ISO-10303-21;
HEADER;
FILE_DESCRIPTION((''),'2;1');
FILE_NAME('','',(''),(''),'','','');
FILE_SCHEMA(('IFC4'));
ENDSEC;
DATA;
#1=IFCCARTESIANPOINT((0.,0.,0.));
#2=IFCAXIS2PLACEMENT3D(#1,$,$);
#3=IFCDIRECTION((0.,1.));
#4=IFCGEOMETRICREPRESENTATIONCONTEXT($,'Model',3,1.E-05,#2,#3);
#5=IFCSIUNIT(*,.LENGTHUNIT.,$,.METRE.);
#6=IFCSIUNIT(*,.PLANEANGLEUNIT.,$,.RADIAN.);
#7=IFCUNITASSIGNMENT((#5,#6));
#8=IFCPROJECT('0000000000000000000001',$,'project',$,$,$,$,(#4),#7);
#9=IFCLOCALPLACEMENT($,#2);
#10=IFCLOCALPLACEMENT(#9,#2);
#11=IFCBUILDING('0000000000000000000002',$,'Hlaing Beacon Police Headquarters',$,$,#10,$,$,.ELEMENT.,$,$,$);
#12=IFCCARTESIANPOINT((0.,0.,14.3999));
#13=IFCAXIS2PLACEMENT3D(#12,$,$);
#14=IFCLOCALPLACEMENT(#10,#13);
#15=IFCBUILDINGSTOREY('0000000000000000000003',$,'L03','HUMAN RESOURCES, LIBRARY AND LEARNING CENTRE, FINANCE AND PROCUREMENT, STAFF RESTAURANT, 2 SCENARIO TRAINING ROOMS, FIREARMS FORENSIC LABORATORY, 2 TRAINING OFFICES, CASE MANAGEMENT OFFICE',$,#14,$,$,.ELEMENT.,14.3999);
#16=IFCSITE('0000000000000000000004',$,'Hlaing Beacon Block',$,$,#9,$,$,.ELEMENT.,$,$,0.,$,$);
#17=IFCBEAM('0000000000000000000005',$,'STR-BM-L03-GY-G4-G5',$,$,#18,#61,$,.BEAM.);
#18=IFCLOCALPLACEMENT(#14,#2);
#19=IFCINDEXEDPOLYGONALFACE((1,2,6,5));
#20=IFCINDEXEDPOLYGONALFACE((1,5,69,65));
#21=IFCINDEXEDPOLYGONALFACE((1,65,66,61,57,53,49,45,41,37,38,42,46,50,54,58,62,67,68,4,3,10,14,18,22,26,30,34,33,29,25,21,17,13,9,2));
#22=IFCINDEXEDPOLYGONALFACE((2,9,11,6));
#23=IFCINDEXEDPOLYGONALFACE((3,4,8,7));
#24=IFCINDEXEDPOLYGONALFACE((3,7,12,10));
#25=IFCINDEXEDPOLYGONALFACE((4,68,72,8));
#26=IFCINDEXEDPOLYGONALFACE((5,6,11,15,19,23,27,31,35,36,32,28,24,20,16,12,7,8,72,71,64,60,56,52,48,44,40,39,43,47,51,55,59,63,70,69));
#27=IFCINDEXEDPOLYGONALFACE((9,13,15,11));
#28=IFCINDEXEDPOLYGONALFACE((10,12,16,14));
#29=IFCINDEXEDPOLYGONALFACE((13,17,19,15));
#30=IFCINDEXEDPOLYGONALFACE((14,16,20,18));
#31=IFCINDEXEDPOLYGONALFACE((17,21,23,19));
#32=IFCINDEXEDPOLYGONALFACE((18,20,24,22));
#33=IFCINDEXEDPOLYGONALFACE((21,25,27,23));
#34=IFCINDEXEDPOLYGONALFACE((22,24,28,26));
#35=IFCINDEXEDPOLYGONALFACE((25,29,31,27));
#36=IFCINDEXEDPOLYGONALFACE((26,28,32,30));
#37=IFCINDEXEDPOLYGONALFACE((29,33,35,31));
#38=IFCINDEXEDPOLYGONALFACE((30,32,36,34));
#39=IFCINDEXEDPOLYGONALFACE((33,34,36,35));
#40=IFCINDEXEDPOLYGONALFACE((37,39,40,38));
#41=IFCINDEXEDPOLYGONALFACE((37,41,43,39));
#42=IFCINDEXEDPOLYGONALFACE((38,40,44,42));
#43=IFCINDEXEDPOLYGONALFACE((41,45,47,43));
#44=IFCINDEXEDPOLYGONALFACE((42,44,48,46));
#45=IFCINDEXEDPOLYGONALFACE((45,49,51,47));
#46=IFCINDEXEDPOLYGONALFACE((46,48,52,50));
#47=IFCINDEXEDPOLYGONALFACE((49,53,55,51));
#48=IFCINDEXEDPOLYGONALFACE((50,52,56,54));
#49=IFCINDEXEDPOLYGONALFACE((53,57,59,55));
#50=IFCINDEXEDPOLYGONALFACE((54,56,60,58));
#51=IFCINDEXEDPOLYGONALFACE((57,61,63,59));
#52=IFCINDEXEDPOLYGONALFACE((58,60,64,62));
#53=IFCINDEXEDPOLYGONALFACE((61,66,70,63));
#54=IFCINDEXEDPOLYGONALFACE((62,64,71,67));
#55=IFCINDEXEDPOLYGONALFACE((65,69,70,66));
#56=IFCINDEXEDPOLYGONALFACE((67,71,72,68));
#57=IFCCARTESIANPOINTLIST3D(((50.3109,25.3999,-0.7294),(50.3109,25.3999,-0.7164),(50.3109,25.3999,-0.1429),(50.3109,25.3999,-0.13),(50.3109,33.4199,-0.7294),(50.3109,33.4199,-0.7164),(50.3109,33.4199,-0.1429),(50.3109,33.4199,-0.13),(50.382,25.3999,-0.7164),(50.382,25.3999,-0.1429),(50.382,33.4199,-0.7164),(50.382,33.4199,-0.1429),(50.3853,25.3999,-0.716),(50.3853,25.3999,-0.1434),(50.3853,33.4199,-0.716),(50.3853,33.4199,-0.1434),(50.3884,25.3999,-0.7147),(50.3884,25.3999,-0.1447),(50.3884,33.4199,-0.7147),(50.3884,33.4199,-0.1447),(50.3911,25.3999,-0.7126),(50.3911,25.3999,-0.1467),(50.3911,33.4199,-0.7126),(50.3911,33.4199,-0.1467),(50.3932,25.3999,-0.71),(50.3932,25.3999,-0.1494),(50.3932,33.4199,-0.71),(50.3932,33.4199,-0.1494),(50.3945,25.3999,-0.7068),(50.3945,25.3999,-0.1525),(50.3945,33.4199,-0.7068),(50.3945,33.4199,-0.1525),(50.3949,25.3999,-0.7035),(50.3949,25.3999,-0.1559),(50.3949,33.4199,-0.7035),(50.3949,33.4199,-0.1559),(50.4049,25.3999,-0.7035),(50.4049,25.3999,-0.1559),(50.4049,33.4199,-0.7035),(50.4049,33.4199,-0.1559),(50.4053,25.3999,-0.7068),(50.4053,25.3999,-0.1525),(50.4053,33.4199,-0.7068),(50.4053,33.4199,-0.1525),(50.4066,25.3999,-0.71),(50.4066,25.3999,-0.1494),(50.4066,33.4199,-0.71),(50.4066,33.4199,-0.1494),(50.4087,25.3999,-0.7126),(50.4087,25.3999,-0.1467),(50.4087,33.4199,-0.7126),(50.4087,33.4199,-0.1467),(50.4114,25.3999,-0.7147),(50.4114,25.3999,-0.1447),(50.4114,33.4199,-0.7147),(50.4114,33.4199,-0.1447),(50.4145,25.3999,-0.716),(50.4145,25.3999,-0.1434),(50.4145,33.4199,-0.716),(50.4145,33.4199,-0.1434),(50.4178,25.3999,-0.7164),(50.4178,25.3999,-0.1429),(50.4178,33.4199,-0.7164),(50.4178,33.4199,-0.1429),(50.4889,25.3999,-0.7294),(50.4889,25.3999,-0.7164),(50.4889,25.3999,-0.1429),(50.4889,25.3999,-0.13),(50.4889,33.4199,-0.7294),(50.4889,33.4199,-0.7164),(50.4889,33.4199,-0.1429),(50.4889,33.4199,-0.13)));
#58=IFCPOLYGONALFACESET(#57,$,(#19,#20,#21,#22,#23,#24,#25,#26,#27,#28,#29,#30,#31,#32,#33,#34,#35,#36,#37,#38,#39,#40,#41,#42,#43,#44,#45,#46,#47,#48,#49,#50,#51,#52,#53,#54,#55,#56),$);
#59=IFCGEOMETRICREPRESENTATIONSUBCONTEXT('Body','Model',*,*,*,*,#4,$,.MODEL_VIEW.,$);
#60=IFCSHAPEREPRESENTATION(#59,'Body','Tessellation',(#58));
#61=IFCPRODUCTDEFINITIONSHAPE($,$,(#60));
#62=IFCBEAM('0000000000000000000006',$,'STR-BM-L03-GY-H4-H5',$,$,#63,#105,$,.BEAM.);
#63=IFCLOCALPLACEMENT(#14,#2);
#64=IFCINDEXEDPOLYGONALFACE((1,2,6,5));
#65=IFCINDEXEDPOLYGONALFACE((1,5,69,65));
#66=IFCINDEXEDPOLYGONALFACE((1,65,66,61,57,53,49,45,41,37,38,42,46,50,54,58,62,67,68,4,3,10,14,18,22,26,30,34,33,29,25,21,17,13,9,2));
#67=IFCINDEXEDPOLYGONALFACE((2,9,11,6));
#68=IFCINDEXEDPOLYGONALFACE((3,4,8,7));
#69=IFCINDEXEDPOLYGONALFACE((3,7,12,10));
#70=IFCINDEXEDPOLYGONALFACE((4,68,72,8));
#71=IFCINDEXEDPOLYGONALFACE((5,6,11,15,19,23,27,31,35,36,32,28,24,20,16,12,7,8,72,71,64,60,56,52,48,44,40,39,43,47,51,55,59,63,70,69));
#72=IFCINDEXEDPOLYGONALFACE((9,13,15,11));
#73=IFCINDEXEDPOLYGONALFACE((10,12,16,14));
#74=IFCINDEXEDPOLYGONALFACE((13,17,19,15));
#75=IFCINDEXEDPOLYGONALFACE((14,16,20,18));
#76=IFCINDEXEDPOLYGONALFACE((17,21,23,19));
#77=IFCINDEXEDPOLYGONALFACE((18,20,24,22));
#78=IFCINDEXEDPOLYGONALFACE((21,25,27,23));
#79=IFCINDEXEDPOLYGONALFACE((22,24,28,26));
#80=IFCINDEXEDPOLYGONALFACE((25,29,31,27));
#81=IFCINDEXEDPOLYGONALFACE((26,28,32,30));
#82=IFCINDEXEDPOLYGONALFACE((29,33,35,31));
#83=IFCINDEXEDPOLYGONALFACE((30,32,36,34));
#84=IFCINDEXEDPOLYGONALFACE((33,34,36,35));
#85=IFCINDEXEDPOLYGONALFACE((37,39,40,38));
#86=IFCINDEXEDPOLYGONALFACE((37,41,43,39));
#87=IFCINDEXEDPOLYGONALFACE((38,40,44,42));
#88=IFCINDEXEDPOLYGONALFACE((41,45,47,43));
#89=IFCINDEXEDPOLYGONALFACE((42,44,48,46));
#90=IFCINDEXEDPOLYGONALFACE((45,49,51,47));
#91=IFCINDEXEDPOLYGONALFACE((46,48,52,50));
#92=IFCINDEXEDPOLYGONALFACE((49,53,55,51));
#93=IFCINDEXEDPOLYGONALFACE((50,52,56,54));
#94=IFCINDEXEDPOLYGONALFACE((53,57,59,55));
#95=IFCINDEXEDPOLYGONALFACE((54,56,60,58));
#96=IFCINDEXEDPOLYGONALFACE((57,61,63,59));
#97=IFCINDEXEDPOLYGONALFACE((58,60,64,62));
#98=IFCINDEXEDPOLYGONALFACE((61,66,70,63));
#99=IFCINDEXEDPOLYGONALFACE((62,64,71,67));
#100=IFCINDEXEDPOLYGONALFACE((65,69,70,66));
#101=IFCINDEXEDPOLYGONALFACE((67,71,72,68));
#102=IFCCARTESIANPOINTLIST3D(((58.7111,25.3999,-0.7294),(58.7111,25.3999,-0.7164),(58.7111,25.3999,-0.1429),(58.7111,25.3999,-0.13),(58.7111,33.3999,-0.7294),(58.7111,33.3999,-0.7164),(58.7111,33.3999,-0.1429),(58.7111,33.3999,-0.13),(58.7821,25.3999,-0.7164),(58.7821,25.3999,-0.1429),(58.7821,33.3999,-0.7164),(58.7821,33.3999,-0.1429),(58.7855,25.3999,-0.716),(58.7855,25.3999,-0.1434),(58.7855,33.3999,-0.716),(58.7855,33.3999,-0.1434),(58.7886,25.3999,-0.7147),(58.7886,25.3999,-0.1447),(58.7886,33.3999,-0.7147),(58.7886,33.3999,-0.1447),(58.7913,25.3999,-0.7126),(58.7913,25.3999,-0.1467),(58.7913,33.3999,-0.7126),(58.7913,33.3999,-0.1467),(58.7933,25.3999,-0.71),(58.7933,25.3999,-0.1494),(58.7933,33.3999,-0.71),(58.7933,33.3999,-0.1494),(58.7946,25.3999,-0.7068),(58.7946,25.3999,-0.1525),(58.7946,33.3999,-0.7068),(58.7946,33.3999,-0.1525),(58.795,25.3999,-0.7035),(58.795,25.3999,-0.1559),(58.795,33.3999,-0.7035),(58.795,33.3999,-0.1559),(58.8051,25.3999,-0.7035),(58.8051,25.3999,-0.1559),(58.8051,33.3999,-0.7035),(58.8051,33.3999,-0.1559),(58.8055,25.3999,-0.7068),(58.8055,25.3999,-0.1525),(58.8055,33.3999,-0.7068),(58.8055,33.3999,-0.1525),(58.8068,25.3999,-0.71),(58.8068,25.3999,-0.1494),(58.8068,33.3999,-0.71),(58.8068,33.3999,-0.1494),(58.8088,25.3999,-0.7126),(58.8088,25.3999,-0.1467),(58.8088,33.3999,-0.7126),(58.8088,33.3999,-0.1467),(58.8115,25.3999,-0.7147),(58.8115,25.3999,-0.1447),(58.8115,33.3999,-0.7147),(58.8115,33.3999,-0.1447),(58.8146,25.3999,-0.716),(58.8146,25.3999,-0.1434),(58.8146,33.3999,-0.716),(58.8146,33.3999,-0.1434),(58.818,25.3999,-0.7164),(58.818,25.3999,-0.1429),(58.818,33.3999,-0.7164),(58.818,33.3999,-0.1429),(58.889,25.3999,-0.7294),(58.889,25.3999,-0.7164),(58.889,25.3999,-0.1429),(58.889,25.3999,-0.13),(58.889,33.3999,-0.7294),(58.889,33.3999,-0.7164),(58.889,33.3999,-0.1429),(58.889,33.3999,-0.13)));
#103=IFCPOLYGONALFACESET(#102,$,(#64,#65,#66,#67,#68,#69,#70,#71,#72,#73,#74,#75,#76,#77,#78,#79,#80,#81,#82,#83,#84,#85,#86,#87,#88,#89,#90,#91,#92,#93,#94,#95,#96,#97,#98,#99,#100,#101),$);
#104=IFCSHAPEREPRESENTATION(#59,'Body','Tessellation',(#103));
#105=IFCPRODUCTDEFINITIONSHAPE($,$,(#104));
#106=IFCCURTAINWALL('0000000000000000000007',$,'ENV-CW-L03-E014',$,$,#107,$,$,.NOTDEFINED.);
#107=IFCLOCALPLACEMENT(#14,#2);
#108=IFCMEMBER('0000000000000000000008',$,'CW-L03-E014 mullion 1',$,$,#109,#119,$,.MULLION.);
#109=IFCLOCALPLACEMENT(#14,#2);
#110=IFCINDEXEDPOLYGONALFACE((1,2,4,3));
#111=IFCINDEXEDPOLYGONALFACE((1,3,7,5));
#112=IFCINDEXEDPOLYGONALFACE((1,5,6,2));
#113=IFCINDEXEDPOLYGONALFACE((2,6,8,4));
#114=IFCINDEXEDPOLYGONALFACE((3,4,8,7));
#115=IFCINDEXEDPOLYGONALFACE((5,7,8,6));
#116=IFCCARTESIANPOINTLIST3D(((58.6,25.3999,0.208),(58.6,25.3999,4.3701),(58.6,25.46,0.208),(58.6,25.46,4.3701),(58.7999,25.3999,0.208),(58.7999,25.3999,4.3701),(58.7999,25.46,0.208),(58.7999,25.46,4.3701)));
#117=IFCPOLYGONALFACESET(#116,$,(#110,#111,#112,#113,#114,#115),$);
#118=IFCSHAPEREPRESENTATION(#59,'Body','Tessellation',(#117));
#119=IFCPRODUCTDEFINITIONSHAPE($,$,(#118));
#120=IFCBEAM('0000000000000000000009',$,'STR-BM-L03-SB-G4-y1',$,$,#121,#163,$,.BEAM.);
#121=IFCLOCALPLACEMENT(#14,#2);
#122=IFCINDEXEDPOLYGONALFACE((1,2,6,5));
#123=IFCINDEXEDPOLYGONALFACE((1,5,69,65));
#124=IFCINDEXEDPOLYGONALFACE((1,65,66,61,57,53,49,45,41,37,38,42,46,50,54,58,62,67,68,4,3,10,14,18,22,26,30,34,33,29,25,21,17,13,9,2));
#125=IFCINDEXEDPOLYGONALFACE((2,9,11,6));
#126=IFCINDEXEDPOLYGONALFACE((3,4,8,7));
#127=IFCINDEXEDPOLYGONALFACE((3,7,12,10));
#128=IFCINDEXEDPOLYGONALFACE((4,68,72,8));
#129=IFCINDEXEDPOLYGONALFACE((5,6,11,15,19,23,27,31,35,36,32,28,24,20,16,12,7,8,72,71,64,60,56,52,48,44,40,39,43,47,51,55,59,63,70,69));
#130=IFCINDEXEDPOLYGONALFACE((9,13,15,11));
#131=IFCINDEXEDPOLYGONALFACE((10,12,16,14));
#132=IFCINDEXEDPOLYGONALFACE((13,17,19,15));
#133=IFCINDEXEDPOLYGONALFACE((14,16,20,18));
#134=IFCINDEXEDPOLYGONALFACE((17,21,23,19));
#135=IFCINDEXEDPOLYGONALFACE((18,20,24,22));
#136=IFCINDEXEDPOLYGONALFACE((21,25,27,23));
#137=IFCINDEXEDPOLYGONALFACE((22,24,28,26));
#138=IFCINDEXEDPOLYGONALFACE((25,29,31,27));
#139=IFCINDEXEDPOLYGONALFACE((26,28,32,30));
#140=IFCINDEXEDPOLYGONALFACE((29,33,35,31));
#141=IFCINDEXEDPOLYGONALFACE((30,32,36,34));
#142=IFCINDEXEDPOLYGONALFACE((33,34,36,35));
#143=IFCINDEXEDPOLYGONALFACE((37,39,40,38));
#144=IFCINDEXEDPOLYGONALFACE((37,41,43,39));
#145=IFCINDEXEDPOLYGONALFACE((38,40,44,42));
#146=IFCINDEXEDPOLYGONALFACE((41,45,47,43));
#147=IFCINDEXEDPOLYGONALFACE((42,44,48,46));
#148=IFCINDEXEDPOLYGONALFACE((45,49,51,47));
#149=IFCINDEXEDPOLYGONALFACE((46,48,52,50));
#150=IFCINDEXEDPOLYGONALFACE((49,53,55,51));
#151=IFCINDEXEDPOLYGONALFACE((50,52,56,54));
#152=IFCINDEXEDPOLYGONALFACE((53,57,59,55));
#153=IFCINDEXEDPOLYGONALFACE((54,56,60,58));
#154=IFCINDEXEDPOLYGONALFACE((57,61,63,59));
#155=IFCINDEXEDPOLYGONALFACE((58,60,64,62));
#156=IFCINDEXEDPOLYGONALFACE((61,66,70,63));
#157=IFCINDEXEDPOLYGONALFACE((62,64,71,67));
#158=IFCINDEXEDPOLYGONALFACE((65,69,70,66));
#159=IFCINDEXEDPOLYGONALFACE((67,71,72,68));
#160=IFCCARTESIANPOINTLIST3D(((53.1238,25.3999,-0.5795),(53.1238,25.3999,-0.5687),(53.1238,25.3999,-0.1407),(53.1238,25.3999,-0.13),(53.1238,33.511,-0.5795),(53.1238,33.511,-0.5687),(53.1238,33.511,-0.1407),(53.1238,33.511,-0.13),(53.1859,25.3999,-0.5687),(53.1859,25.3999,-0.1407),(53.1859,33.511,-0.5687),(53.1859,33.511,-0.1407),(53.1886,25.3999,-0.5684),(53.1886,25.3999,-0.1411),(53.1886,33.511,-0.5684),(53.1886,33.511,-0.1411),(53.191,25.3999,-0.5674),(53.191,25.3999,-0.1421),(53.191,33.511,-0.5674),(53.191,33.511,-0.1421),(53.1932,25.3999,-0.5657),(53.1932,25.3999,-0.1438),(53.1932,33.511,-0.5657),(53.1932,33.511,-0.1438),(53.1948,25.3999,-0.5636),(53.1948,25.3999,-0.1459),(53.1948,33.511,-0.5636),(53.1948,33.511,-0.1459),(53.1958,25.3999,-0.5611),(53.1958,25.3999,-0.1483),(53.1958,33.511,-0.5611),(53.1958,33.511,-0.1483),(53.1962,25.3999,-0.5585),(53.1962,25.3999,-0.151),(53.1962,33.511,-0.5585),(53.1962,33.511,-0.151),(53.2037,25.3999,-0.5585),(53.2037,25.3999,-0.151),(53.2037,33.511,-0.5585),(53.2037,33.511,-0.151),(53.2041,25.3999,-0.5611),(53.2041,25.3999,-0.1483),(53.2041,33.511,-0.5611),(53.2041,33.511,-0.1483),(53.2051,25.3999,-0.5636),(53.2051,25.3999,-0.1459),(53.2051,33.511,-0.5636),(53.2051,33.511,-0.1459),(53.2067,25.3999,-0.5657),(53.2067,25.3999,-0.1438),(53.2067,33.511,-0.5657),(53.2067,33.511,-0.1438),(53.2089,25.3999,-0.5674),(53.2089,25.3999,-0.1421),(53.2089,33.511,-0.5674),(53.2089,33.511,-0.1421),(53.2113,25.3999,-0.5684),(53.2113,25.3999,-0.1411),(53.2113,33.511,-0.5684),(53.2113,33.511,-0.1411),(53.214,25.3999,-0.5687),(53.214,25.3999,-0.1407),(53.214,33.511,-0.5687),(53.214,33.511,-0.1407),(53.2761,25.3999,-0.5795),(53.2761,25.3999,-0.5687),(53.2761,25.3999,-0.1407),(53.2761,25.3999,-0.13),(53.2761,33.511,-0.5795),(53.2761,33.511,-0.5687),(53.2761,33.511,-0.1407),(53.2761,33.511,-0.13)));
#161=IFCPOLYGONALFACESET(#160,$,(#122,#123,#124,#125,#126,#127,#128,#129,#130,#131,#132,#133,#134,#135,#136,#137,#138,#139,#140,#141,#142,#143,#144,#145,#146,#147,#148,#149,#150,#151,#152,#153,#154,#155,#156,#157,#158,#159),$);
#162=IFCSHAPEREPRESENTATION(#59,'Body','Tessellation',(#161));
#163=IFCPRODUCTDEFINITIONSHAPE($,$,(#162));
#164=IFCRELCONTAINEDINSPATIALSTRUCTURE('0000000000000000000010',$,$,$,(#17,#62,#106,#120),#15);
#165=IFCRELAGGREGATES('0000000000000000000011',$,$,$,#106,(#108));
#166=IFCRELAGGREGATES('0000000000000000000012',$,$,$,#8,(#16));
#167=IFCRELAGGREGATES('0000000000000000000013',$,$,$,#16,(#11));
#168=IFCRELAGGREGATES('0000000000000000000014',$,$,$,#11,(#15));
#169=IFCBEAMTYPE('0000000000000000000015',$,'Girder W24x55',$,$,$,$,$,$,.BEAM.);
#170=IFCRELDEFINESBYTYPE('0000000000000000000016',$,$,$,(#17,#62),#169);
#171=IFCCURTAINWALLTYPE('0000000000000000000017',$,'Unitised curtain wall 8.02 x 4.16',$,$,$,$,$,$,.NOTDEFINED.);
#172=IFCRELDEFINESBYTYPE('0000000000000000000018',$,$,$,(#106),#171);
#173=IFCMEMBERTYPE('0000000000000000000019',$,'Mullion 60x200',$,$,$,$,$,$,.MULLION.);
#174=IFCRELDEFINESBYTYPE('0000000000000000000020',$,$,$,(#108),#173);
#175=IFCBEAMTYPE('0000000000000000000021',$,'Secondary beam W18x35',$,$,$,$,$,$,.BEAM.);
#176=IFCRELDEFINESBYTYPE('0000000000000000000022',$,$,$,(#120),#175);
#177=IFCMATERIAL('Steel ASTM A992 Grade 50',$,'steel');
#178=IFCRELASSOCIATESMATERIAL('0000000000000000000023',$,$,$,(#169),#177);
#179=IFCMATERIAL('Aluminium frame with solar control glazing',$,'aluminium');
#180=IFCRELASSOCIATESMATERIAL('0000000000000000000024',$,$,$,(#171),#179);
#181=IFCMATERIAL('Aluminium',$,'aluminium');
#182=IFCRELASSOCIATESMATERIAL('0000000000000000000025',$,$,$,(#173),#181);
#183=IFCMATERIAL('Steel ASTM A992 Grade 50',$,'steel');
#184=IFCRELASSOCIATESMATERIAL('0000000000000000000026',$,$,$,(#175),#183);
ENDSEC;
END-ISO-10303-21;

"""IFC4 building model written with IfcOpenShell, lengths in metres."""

from ifc_helpers import new_model, si_unit, direction, frame, origin, origin_2d, place, context, subcontext, project, spatial, rectangle, i_section, extrude, material, material_profile, profile_set, type_object, element, aggregate, save


model = new_model("IFC4")

# Units and contexts
model_context = context("Model", 3, precision=1e-05, world=origin(), true_north=direction((0.0, 1.0)))
body_context = subcontext(model_context, "Body", "Model", "MODEL_VIEW")
ifc_project = project(units=[si_unit("LENGTHUNIT", "METRE"), si_unit("PLANEANGLEUNIT", "RADIAN")], contexts=[model_context])

# Site, building, storey
site_placement = place(None, origin())
site = spatial("IfcSite", under=ifc_project, at=site_placement, Name="Hlaing Beacon Block", CompositionType="ELEMENT", RefElevation=0.0)
building_placement = place(site_placement, origin())
building = spatial("IfcBuilding", under=site, at=building_placement, Name="Hlaing Beacon Police Headquarters", CompositionType="ELEMENT")
storey_placement = place(building_placement, frame((0.0, 0.0, 14.3999)))
storey = spatial("IfcBuildingStorey", under=building, at=storey_placement, Name="L03", Description="HUMAN RESOURCES, LIBRARY AND LEARNING CENTRE, FINANCE AND PROCUREMENT, STAFF RESTAURANT, 2 SCENARIO TRAINING ROOMS, FIREARMS FORENSIC LABORATORY, 2 TRAINING OFFICES, CASE MANAGEMENT OFFICE", CompositionType="ELEMENT", Elevation=14.3999)

# Beams
ifc_material_1 = material(Name="Steel ASTM A992 Grade 50", Category="steel")
ifc_material_profile_1 = material_profile(ifc_material_1, i_section(OverallWidth=0.178, OverallDepth=0.5994, WebThickness=0.01, FlangeThickness=0.0129, FilletRadius=0.0129, at=origin_2d()), Name="W24x55")
ifc_profile_set_1 = profile_set([ifc_material_profile_1], Name="Steel ASTM A992 Grade 50")
beam_type_1 = type_object("IfcBeamType", Name="Girder W24x55", PredefinedType="BEAM", material=ifc_profile_set_1)
beam_1_placement = place(storey_placement, frame((50.3999, 25.3999, -0.4297), z_axis=(0.0, 1.0, 0.0), x_axis=(-1.0, 0.0, 0.0)))
element("IfcBeam", 1, at=beam_1_placement, inside=storey, type_object=beam_type_1, Name="STR-BM-L03-GY-G4-G5", PredefinedType="BEAM", context=body_context, shape_type="SweptSolid", body=[
    extrude(i_section(OverallWidth=0.178, OverallDepth=0.5994, WebThickness=0.01, FlangeThickness=0.0129, FilletRadius=0.0129, at=origin_2d()), origin(), (0.0, 0.0, 1.0), 8.02),
])
beam_2_placement = place(storey_placement, frame((58.8, 25.3999, -0.4297), z_axis=(0.0, 1.0, 0.0), x_axis=(-1.0, 0.0, 0.0)))
element("IfcBeam", 2, at=beam_2_placement, inside=storey, type_object=beam_type_1, Name="STR-BM-L03-GY-H4-H5", PredefinedType="BEAM", context=body_context, shape_type="SweptSolid", body=[
    extrude(i_section(OverallWidth=0.178, OverallDepth=0.5994, WebThickness=0.01, FlangeThickness=0.0129, FilletRadius=0.0129, at=origin_2d()), origin(), (0.0, 0.0, 1.0), 8.0),
])

# Curtain wall, member
ifc_material_2 = material(Name="Aluminium frame with solar control glazing", Category="aluminium")
curtain_wall_type = type_object("IfcCurtainWallType", Name="Unitised curtain wall 8.02 x 4.16", PredefinedType="NOTDEFINED", material=ifc_material_2)
curtain_wall_placement = place(storey_placement, origin())
curtain_wall = element("IfcCurtainWall", 3, at=curtain_wall_placement, inside=storey, type_object=curtain_wall_type, Name="ENV-CW-L03-E014", PredefinedType="NOTDEFINED")
ifc_material_3 = material(Name="Aluminium", Category="aluminium")
ifc_material_profile_2 = material_profile(ifc_material_3, rectangle(XDim=0.2, YDim=0.0601, at=origin_2d()), Name="Mullion 60x200")
ifc_profile_set_2 = profile_set([ifc_material_profile_2], Name="Aluminium")
member_type_1 = type_object("IfcMemberType", Name="Mullion 60x200", PredefinedType="MULLION", material=ifc_profile_set_2)
member_1_placement = place(storey_placement, frame((58.7, 25.4299, 0.208), z_axis=(0.0, 0.0, 1.0), x_axis=(-1.0, 0.0, 0.0)))
member_1 = element("IfcMember", 4, at=member_1_placement, type_object=member_type_1, Name="CW-L03-E014 mullion 1", PredefinedType="MULLION", context=body_context, shape_type="SweptSolid", body=[
    extrude(rectangle(XDim=0.2, YDim=0.0601, at=origin_2d()), origin(), (0.0, 0.0, 1.0), 4.1621),
])

# Beam
ifc_material_4 = material(Name="Steel ASTM A992 Grade 50", Category="steel")
ifc_material_profile_3 = material_profile(ifc_material_4, i_section(OverallWidth=0.1523, OverallDepth=0.4495, WebThickness=0.0076, FlangeThickness=0.0107, FilletRadius=0.0103, at=origin_2d()), Name="W18x35")
ifc_profile_set_3 = profile_set([ifc_material_profile_3], Name="Steel ASTM A992 Grade 50")
beam_type_2 = type_object("IfcBeamType", Name="Secondary beam W18x35", PredefinedType="BEAM", material=ifc_profile_set_3)
for number, where, z_axis, x_axis, name in (
    (5, (53.2, 25.3999, -0.3547), (0.0, 1.0, 0.0), (-1.0, 0.0, 0.0), "STR-BM-L03-SB-G4-y1"),
):
    element("IfcBeam", number, at=place(storey_placement, frame(where, z_axis=z_axis, x_axis=x_axis)), inside=storey, type_object=beam_type_2, Name=name, PredefinedType="BEAM", context=body_context, shape_type="SweptSolid", body=[
        extrude(i_section(OverallWidth=0.1523, OverallDepth=0.4495, WebThickness=0.0076, FlangeThickness=0.0107, FilletRadius=0.0103, at=origin_2d()), origin(), (0.0, 0.0, 1.0), 8.1111),
    ])

aggregate(curtain_wall, [member_1])

save(model, "model.ifc")
